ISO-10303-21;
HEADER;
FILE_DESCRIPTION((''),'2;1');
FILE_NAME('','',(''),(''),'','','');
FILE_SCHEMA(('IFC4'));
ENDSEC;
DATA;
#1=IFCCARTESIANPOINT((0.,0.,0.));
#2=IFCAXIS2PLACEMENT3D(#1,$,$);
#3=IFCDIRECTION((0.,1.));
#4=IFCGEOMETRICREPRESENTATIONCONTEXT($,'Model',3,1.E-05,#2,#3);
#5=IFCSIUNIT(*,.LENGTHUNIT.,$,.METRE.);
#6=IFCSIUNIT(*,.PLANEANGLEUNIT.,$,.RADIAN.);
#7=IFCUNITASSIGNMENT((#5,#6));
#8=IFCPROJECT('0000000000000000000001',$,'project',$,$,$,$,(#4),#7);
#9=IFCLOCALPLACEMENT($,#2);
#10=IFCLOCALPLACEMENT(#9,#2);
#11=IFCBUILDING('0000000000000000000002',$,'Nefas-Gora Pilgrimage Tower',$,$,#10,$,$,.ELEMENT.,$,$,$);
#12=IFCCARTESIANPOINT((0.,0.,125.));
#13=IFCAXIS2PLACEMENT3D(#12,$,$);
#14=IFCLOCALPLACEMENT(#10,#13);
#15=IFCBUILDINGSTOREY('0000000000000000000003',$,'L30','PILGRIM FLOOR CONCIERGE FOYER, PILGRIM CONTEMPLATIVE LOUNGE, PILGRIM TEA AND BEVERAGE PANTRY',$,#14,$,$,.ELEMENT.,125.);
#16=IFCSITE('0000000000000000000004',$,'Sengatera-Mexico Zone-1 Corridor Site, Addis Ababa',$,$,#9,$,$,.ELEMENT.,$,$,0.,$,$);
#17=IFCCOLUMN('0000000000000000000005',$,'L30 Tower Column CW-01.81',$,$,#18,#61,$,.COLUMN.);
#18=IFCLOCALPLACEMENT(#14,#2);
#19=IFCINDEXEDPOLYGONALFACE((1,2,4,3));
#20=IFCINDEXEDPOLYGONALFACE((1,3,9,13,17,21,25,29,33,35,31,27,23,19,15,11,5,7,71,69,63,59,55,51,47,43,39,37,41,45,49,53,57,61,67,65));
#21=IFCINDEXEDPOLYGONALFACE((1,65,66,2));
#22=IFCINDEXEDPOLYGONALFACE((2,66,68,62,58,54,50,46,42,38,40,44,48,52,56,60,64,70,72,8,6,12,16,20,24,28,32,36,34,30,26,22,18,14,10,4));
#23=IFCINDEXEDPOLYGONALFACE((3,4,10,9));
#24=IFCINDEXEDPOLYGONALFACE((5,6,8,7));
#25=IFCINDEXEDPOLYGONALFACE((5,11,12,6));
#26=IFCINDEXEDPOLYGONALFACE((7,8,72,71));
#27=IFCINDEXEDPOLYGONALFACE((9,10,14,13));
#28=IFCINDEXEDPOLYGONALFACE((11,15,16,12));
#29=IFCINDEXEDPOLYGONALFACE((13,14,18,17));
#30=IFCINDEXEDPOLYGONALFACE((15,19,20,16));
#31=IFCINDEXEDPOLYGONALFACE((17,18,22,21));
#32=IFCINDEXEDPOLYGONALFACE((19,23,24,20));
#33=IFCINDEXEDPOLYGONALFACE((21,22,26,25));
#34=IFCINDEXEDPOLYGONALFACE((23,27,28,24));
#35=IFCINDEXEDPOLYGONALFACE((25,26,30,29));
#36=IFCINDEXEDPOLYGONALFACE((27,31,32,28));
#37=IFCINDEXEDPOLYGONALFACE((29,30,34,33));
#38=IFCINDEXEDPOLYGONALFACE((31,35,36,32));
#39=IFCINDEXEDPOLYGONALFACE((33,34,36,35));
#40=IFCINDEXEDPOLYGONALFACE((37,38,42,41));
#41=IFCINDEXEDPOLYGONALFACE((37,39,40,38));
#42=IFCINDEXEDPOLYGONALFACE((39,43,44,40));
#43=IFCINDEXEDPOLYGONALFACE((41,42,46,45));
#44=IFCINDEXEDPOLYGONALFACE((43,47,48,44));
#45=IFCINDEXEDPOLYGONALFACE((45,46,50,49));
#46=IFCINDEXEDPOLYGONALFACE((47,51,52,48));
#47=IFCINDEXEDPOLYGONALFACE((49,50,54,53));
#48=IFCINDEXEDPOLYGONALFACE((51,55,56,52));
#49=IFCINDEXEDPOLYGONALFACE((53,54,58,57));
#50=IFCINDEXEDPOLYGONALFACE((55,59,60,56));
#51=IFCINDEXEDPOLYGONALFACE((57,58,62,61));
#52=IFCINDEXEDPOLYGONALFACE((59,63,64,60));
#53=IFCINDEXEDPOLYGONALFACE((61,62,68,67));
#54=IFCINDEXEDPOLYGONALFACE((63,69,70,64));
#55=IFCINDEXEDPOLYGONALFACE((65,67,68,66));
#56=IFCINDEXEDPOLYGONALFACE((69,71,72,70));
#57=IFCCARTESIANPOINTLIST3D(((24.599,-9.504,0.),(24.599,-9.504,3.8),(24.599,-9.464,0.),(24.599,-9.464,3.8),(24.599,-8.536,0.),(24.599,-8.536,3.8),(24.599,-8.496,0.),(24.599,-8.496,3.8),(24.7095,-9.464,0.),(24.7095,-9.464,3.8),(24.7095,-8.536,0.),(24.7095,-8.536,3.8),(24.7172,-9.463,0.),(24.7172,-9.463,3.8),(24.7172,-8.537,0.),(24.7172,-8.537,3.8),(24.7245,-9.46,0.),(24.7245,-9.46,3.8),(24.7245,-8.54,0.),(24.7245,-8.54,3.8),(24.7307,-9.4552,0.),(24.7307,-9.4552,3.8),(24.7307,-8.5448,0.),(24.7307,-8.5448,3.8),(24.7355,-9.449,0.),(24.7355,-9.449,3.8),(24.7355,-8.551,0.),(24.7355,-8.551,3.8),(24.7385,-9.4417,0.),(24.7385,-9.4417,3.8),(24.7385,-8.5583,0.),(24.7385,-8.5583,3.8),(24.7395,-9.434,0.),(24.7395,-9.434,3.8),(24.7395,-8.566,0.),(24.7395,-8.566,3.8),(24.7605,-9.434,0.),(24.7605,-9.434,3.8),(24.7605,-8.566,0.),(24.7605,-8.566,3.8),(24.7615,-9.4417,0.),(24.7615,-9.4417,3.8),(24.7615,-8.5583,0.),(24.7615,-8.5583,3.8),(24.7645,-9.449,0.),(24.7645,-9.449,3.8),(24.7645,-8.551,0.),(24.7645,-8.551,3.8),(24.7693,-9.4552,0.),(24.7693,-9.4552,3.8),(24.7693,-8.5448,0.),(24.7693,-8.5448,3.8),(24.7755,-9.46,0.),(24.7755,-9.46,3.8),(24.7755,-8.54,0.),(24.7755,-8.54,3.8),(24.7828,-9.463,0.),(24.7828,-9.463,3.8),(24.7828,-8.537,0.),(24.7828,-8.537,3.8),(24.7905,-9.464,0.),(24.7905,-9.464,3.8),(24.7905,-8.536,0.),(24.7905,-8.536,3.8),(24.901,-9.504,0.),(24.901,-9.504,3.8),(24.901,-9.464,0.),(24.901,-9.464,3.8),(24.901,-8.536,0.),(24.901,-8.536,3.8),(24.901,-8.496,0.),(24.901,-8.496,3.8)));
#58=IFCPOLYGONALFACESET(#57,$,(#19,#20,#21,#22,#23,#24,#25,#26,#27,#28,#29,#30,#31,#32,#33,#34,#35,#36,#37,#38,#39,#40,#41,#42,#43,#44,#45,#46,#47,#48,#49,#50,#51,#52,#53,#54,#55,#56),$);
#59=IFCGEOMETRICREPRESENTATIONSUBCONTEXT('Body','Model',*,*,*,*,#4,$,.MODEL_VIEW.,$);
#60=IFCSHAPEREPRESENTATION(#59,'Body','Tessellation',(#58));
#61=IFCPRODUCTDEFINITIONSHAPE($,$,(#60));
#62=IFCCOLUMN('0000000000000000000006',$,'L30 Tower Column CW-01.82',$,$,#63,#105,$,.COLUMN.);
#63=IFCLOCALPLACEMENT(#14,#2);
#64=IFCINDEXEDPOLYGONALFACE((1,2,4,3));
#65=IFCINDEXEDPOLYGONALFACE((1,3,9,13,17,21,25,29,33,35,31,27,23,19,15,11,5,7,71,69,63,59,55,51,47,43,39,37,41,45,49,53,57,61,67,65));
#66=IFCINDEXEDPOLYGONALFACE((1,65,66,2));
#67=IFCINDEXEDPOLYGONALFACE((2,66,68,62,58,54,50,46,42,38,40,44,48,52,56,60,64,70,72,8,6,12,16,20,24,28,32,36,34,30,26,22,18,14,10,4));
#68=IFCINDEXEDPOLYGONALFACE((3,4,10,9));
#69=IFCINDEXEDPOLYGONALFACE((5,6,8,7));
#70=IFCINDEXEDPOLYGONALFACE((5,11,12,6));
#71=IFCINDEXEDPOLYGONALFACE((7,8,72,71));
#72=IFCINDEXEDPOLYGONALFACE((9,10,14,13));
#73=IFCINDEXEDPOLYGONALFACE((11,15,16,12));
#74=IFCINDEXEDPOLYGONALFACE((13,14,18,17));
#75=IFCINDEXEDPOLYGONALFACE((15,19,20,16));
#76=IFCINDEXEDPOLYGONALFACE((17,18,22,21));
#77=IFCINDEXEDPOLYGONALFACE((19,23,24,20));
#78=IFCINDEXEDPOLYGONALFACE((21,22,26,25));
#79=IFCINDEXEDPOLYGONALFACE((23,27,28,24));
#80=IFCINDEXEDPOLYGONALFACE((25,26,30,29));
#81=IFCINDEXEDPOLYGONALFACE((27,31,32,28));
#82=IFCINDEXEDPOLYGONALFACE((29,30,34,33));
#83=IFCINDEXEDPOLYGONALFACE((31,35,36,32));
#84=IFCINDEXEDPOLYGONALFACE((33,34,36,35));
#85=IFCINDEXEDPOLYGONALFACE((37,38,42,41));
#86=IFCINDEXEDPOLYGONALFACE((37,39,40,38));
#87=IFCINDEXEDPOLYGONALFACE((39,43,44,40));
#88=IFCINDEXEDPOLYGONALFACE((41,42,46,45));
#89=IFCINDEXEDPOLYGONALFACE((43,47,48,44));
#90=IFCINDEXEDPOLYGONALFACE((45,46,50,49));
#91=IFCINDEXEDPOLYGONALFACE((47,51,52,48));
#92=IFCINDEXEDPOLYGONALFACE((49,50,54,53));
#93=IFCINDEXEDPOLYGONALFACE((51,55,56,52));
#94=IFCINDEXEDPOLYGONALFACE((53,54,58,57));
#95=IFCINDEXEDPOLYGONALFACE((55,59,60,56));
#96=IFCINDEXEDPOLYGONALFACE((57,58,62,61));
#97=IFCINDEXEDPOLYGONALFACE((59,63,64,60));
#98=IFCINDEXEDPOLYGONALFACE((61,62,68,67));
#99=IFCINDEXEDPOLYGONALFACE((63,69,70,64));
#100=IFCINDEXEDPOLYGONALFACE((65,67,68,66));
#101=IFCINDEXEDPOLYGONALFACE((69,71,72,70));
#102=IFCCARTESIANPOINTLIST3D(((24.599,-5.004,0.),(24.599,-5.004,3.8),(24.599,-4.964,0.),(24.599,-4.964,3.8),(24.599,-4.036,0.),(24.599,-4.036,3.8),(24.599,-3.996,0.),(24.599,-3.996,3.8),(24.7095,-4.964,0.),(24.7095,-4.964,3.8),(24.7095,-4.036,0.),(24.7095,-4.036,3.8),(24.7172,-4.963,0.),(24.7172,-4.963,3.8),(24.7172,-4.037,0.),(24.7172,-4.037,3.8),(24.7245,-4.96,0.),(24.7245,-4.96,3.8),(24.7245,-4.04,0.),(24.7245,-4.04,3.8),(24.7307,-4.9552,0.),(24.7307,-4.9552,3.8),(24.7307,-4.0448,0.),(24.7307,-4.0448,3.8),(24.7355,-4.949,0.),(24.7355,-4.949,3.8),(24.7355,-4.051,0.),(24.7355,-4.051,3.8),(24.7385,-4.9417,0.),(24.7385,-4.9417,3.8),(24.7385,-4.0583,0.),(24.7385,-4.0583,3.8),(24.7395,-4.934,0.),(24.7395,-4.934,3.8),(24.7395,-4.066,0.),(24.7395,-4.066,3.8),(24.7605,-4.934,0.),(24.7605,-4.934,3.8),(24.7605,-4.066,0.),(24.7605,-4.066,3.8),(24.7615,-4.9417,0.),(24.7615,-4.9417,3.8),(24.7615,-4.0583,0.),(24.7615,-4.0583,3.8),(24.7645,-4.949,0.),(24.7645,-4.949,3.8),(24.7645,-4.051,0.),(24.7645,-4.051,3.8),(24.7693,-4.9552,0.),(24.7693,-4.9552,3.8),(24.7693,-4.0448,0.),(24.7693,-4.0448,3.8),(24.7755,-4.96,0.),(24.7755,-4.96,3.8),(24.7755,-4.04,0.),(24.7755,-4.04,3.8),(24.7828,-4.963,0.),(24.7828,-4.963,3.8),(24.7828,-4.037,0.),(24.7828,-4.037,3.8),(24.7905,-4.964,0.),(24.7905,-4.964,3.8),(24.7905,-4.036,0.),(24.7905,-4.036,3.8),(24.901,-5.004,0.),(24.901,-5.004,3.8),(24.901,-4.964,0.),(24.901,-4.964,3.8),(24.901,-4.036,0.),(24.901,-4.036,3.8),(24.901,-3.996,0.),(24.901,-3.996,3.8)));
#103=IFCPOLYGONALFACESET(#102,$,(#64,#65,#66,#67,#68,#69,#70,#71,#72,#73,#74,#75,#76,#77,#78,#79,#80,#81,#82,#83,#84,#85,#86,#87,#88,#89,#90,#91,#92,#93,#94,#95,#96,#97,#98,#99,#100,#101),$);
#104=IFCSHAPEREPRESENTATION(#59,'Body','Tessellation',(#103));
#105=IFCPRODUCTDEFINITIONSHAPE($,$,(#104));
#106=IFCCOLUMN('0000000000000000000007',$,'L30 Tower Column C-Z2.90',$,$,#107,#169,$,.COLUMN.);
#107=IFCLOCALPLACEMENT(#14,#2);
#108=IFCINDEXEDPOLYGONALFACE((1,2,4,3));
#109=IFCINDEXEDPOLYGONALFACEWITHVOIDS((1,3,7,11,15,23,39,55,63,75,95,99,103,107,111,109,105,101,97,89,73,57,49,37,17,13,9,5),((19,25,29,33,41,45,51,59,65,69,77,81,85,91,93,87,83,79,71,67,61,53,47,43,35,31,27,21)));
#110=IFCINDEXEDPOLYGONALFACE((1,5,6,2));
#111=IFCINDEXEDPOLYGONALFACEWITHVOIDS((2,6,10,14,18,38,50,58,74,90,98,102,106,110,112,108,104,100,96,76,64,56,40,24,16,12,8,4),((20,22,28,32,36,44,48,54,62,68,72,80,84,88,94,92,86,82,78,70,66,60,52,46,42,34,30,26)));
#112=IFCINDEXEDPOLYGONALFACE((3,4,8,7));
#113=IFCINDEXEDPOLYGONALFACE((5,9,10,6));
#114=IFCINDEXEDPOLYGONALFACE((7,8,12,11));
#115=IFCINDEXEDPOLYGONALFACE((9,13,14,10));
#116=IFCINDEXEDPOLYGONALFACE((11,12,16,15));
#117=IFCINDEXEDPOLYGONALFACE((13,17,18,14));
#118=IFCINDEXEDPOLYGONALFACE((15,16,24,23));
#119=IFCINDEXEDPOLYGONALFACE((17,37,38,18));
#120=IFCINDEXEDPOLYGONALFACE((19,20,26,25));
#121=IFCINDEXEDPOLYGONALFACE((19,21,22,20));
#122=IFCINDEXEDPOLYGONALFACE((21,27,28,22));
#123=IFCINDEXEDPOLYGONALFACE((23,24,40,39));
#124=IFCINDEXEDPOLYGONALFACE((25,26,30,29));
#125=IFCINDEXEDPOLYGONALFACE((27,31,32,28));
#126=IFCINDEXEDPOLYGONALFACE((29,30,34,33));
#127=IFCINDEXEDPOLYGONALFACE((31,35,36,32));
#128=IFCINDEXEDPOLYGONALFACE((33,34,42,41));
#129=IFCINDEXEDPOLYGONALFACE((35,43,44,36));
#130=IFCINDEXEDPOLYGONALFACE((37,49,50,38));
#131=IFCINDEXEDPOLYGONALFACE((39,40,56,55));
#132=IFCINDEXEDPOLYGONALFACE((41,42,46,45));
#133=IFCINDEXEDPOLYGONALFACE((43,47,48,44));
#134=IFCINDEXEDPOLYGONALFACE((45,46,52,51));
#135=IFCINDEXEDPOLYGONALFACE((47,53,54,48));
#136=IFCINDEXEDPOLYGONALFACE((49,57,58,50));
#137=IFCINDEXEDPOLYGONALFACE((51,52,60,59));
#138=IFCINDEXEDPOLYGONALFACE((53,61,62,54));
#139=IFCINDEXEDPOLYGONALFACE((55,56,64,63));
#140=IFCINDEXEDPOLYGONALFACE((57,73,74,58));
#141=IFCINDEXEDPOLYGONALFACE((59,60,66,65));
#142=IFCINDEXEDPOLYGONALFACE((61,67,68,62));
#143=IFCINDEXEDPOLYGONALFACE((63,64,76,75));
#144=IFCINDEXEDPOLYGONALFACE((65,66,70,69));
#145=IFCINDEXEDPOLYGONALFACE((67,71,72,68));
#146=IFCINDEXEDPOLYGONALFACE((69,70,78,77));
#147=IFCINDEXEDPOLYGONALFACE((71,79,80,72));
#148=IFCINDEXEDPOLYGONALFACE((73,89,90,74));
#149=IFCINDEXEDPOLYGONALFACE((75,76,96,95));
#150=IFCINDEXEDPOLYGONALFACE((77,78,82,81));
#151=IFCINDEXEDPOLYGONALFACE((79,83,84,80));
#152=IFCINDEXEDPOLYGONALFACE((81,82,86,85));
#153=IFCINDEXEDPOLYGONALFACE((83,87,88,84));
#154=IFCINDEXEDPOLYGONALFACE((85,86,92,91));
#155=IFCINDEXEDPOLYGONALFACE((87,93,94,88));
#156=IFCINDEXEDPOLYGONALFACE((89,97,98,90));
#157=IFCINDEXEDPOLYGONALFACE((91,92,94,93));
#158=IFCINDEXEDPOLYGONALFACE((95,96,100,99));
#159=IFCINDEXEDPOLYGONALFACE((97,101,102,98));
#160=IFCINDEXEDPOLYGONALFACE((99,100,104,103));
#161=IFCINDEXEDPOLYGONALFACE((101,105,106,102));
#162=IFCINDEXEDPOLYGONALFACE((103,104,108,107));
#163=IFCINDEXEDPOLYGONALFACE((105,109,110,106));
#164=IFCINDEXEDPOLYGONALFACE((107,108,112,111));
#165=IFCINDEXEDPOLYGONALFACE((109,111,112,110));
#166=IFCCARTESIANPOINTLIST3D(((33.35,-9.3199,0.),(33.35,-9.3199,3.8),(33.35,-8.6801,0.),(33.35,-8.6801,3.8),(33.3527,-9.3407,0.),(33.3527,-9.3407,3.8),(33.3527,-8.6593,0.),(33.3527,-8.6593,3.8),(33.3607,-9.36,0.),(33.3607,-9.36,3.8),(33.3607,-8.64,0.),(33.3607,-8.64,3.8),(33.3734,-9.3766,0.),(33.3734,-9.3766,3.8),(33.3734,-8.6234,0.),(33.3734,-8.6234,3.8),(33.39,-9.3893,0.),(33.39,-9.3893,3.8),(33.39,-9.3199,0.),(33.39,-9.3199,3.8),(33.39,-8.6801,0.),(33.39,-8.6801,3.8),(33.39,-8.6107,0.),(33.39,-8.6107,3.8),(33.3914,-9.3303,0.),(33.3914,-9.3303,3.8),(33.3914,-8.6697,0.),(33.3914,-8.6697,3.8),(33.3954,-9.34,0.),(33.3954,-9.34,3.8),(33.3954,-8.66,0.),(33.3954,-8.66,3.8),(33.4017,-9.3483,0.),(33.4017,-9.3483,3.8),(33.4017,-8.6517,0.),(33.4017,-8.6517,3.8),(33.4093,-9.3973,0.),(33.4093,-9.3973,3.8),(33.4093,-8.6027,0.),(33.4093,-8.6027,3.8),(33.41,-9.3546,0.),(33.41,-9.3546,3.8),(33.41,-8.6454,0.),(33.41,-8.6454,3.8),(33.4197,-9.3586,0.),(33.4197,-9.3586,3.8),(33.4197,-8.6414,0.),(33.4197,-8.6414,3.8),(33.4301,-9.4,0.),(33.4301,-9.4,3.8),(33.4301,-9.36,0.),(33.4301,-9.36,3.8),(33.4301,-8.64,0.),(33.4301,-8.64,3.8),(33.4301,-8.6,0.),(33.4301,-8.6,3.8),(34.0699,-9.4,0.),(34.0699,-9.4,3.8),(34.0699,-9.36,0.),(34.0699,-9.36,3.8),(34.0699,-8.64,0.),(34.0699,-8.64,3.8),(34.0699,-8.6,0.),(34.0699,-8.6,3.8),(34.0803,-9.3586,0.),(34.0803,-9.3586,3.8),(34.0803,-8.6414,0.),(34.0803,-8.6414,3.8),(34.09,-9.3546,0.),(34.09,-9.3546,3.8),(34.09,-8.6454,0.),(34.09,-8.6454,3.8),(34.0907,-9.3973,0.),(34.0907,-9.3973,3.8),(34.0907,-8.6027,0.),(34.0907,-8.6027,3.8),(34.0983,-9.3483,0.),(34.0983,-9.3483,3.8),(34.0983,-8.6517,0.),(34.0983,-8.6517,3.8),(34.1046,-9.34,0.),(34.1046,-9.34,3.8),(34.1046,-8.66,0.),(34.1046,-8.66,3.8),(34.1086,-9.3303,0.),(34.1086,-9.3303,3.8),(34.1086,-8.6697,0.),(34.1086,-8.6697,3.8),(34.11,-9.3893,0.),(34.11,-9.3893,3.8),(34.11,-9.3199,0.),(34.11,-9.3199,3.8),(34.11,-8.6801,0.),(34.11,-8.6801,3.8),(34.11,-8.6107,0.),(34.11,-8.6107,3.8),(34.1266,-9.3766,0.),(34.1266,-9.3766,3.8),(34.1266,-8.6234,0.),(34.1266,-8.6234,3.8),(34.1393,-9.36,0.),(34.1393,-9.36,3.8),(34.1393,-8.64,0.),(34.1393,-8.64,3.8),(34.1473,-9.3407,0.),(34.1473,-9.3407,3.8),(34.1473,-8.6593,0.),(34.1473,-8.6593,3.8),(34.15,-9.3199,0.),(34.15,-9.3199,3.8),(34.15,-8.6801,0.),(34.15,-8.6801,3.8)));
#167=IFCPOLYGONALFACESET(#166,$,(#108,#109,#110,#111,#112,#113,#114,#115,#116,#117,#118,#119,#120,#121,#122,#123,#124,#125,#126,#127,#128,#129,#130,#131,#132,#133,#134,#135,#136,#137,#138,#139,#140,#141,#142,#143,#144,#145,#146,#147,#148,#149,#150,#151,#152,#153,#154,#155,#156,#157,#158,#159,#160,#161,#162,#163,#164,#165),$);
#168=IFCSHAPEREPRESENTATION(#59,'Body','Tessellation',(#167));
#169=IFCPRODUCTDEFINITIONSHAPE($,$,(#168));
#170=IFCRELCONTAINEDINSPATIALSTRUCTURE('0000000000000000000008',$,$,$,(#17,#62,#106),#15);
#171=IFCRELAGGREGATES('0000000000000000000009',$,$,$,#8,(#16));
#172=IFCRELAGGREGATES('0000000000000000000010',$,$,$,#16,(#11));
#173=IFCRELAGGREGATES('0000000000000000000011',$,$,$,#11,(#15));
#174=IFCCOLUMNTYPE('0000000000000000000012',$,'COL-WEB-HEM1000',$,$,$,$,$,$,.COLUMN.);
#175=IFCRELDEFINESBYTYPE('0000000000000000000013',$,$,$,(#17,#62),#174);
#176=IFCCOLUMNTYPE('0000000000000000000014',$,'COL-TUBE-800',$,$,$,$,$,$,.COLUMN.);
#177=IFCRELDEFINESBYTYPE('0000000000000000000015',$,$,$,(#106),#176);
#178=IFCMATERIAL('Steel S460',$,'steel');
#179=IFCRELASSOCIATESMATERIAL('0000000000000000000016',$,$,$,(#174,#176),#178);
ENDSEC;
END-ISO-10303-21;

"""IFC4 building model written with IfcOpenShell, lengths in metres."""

from ifc_helpers import new_model, si_unit, direction, frame, origin, origin_2d, place, context, subcontext, project, spatial, hollow_rectangle, i_section, extrude, source, transform, mapped, material, material_profile, profile_set, type_object, element, save


model = new_model("IFC4")

# Units and contexts
model_context = context("Model", 3, precision=1e-05, world=origin(), true_north=direction((0.0, 1.0)))
body_context = subcontext(model_context, "Body", "Model", "MODEL_VIEW")
ifc_project = project(units=[si_unit("LENGTHUNIT", "METRE"), si_unit("PLANEANGLEUNIT", "RADIAN")], contexts=[model_context])

# Site, building, storey
site_placement = place(None, origin())
site = spatial("IfcSite", under=ifc_project, at=site_placement, Name="Sengatera-Mexico Zone-1 Corridor Site, Addis Ababa", CompositionType="ELEMENT", RefElevation=0.0)
building_placement = place(site_placement, origin())
building = spatial("IfcBuilding", under=site, at=building_placement, Name="Nefas-Gora Pilgrimage Tower", CompositionType="ELEMENT")
storey_placement = place(building_placement, frame((0.0, 0.0, 125.0)))
storey = spatial("IfcBuildingStorey", under=building, at=storey_placement, Name="L30", Description="PILGRIM FLOOR CONCIERGE FOYER, PILGRIM CONTEMPLATIVE LOUNGE, PILGRIM TEA AND BEVERAGE PANTRY", CompositionType="ELEMENT", Elevation=125.0)

# Columns
ifc_material_1 = material(Name="Steel S460", Category="steel")
ifc_material_profile_1 = material_profile(ifc_material_1, i_section(OverallWidth=0.302, OverallDepth=1.0081, WebThickness=0.021, FlangeThickness=0.04, FilletRadius=0.03, at=origin_2d()), Name="HEM 1000")
ifc_profile_set_1 = profile_set([ifc_material_profile_1], Name="Steel S460")
column_type_1 = type_object("IfcColumnType", Name="COL-WEB-HEM1000", PredefinedType="COLUMN", material=ifc_profile_set_1)
shared_shape_1 = source(origin(), body_context, "Body", "SweptSolid", [
    extrude(i_section(OverallWidth=0.302, OverallDepth=1.0081, WebThickness=0.021, FlangeThickness=0.04, FilletRadius=0.03, at=origin_2d()), origin(), (0.0, 0.0, 1.0), 3.8),
])
for number, where, z_axis, x_axis, name in (
    (1, (24.75, -9.0, 0.0), (0.0, 0.0, 1.0), (1.0, 0.0, 0.0), "L30 Tower Column CW-01.81"),
    (2, (24.75, -4.5, 0.0), (0.0, 0.0, 1.0), (1.0, 0.0, 0.0), "L30 Tower Column CW-01.82"),
):
    element("IfcColumn", number, at=place(storey_placement, frame(where, z_axis=z_axis, x_axis=x_axis)), inside=storey, type_object=column_type_1, Name=name, PredefinedType="COLUMN", context=body_context, shape_type="MappedRepresentation", body=[
        mapped(shared_shape_1, transform((0.0, 0.0, 0.0), x_axis=(1.0, 0.0, 0.0), y_axis=(0.0, 1.0, 0.0), z_axis=(0.0, 0.0, 1.0), scale=1.0)),
    ])
ifc_material_profile_2 = material_profile(ifc_material_1, hollow_rectangle(XDim=0.8, YDim=0.8, WallThickness=0.04, InnerFilletRadius=0.04, OuterFilletRadius=0.0801, at=origin_2d()), Name="BOX 800x800x40")
ifc_profile_set_2 = profile_set([ifc_material_profile_2], Name="Steel S460")
column_type_2 = type_object("IfcColumnType", Name="COL-TUBE-800", PredefinedType="COLUMN", material=ifc_profile_set_2)
shared_shape_2 = source(origin(), body_context, "Body", "SweptSolid", [
    extrude(hollow_rectangle(XDim=0.8, YDim=0.8, WallThickness=0.04, InnerFilletRadius=0.04, OuterFilletRadius=0.0801, at=origin_2d()), origin(), (0.0, 0.0, 1.0), 3.8),
])
for number, where, z_axis, x_axis, name in (
    (3, (33.75, -9.0, 0.0), (0.0, 0.0, 1.0), (1.0, 0.0, 0.0), "L30 Tower Column C-Z2.90"),
):
    element("IfcColumn", number, at=place(storey_placement, frame(where, z_axis=z_axis, x_axis=x_axis)), inside=storey, type_object=column_type_2, Name=name, PredefinedType="COLUMN", context=body_context, shape_type="MappedRepresentation", body=[
        mapped(shared_shape_2, transform((0.0, 0.0, 0.0), x_axis=(1.0, 0.0, 0.0), y_axis=(0.0, 1.0, 0.0), z_axis=(0.0, 0.0, 1.0), scale=1.0)),
    ])

save(model, "model.ifc")
